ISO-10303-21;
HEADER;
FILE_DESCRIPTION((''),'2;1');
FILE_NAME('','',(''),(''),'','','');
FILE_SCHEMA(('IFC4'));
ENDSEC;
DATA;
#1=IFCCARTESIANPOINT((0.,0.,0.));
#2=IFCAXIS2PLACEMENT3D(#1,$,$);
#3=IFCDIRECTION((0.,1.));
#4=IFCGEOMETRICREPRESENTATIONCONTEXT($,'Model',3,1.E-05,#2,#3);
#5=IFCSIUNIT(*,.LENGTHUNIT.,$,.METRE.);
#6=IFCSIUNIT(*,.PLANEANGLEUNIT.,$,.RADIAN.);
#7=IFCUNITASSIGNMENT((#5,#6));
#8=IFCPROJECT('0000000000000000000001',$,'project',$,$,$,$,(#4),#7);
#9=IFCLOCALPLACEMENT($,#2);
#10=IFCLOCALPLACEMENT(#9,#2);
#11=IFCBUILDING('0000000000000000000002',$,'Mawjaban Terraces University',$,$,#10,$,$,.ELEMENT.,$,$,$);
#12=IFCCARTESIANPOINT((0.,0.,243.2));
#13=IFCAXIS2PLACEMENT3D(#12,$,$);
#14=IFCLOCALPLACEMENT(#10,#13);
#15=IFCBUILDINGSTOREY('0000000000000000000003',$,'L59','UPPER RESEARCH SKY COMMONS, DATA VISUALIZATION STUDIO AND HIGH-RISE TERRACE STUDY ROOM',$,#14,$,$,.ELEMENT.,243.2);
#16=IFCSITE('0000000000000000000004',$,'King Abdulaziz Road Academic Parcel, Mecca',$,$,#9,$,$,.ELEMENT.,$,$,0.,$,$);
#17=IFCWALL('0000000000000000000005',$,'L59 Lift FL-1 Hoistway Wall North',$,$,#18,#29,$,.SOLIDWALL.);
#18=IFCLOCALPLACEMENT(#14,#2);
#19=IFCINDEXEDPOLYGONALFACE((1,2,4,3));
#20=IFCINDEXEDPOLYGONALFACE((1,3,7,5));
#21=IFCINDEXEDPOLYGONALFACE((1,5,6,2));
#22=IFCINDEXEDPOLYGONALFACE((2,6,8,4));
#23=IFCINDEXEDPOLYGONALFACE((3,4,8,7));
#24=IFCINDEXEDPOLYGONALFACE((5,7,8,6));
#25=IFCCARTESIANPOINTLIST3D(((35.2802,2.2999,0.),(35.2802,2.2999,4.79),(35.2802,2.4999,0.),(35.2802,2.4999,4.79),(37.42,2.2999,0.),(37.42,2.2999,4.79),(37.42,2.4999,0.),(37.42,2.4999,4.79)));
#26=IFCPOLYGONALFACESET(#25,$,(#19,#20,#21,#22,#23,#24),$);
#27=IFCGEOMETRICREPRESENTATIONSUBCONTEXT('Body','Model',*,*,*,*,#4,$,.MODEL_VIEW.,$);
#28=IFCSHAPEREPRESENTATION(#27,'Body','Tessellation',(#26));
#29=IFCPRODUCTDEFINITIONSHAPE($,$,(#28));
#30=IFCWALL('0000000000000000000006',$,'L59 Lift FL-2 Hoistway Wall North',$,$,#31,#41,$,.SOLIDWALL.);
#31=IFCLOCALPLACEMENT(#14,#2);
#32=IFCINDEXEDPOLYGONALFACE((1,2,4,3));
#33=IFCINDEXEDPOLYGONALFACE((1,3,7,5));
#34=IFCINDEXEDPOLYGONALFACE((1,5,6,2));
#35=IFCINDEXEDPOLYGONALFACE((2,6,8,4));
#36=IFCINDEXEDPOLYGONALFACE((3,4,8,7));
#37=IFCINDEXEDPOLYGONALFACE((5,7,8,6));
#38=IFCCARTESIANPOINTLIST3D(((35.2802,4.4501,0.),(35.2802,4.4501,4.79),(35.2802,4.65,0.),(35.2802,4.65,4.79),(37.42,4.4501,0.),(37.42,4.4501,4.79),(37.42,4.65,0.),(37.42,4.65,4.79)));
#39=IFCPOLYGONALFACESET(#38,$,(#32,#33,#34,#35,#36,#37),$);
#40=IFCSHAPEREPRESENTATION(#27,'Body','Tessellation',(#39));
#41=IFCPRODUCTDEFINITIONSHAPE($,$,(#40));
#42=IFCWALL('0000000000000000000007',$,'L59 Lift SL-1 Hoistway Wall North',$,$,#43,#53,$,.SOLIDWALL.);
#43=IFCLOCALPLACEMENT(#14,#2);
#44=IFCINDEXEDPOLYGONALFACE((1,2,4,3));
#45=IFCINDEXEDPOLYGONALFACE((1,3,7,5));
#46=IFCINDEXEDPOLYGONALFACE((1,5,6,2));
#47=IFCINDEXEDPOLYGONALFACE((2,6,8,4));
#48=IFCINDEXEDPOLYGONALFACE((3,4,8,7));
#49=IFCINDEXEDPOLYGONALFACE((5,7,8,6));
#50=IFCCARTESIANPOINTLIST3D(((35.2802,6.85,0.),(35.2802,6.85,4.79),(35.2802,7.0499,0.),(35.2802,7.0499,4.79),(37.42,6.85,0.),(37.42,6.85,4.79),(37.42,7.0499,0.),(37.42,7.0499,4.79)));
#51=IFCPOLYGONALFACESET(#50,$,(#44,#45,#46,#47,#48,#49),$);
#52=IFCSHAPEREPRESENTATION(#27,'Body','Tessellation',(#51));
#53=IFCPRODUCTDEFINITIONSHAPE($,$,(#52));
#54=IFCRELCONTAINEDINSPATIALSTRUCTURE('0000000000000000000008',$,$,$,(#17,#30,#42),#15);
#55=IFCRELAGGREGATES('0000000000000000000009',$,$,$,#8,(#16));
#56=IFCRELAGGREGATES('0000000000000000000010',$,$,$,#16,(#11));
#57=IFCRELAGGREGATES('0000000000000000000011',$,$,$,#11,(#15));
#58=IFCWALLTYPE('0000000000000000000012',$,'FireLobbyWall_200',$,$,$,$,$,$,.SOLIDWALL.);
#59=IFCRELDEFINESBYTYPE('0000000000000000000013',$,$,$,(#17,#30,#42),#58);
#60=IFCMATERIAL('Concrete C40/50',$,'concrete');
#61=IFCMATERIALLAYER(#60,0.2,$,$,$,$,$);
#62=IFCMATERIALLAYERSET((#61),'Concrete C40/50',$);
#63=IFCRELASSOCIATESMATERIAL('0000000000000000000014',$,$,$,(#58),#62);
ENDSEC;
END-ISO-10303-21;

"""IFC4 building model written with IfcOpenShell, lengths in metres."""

from ifc_helpers import new_model, si_unit, direction, frame, frame_2d, origin, place, context, subcontext, project, spatial, rectangle, extrude, material, layer, layer_set, type_object, element, save


model = new_model("IFC4")

# Units and contexts
model_context = context("Model", 3, precision=1e-05, world=origin(), true_north=direction((0.0, 1.0)))
body_context = subcontext(model_context, "Body", "Model", "MODEL_VIEW")
ifc_project = project(units=[si_unit("LENGTHUNIT", "METRE"), si_unit("PLANEANGLEUNIT", "RADIAN")], contexts=[model_context])

# Site, building, storey
site_placement = place(None, origin())
site = spatial("IfcSite", under=ifc_project, at=site_placement, Name="King Abdulaziz Road Academic Parcel, Mecca", CompositionType="ELEMENT", RefElevation=0.0)
building_placement = place(site_placement, origin())
building = spatial("IfcBuilding", under=site, at=building_placement, Name="Mawjaban Terraces University", CompositionType="ELEMENT")
storey_placement = place(building_placement, frame((0.0, 0.0, 243.2)))
storey = spatial("IfcBuildingStorey", under=building, at=storey_placement, Name="L59", Description="UPPER RESEARCH SKY COMMONS, DATA VISUALIZATION STUDIO AND HIGH-RISE TERRACE STUDY ROOM", CompositionType="ELEMENT", Elevation=243.2)

# Walls
ifc_material_1 = material(Name="Concrete C40/50", Category="concrete")
ifc_layer_1 = layer(ifc_material_1, 0.2)
ifc_layer_set_1 = layer_set([ifc_layer_1], Name="Concrete C40/50")
wall_type_1 = type_object("IfcWallType", Name="FireLobbyWall_200", PredefinedType="SOLIDWALL", material=ifc_layer_set_1)
for number, where, z_axis, x_axis, name in (
    (1, (37.4199, 2.3999, 0.0), (0.0, 0.0, 1.0), (-1.0, 0.0, 0.0), "L59 Lift FL-1 Hoistway Wall North"),
    (2, (37.4199, 4.55, 0.0), (0.0, 0.0, 1.0), (-1.0, 0.0, 0.0), "L59 Lift FL-2 Hoistway Wall North"),
    (3, (37.4199, 6.95, 0.0), (0.0, 0.0, 1.0), (-1.0, 0.0, 0.0), "L59 Lift SL-1 Hoistway Wall North"),
):
    element("IfcWall", number, at=place(storey_placement, frame(where, z_axis=z_axis, x_axis=x_axis)), inside=storey, type_object=wall_type_1, Name=name, PredefinedType="SOLIDWALL", context=body_context, shape_type="SweptSolid", body=[
        extrude(rectangle(XDim=2.1399, YDim=0.2, at=frame_2d((1.0698, 0.0))), origin(), (0.0, 0.0, 1.0), 4.79),
    ])

save(model, "model.ifc")
